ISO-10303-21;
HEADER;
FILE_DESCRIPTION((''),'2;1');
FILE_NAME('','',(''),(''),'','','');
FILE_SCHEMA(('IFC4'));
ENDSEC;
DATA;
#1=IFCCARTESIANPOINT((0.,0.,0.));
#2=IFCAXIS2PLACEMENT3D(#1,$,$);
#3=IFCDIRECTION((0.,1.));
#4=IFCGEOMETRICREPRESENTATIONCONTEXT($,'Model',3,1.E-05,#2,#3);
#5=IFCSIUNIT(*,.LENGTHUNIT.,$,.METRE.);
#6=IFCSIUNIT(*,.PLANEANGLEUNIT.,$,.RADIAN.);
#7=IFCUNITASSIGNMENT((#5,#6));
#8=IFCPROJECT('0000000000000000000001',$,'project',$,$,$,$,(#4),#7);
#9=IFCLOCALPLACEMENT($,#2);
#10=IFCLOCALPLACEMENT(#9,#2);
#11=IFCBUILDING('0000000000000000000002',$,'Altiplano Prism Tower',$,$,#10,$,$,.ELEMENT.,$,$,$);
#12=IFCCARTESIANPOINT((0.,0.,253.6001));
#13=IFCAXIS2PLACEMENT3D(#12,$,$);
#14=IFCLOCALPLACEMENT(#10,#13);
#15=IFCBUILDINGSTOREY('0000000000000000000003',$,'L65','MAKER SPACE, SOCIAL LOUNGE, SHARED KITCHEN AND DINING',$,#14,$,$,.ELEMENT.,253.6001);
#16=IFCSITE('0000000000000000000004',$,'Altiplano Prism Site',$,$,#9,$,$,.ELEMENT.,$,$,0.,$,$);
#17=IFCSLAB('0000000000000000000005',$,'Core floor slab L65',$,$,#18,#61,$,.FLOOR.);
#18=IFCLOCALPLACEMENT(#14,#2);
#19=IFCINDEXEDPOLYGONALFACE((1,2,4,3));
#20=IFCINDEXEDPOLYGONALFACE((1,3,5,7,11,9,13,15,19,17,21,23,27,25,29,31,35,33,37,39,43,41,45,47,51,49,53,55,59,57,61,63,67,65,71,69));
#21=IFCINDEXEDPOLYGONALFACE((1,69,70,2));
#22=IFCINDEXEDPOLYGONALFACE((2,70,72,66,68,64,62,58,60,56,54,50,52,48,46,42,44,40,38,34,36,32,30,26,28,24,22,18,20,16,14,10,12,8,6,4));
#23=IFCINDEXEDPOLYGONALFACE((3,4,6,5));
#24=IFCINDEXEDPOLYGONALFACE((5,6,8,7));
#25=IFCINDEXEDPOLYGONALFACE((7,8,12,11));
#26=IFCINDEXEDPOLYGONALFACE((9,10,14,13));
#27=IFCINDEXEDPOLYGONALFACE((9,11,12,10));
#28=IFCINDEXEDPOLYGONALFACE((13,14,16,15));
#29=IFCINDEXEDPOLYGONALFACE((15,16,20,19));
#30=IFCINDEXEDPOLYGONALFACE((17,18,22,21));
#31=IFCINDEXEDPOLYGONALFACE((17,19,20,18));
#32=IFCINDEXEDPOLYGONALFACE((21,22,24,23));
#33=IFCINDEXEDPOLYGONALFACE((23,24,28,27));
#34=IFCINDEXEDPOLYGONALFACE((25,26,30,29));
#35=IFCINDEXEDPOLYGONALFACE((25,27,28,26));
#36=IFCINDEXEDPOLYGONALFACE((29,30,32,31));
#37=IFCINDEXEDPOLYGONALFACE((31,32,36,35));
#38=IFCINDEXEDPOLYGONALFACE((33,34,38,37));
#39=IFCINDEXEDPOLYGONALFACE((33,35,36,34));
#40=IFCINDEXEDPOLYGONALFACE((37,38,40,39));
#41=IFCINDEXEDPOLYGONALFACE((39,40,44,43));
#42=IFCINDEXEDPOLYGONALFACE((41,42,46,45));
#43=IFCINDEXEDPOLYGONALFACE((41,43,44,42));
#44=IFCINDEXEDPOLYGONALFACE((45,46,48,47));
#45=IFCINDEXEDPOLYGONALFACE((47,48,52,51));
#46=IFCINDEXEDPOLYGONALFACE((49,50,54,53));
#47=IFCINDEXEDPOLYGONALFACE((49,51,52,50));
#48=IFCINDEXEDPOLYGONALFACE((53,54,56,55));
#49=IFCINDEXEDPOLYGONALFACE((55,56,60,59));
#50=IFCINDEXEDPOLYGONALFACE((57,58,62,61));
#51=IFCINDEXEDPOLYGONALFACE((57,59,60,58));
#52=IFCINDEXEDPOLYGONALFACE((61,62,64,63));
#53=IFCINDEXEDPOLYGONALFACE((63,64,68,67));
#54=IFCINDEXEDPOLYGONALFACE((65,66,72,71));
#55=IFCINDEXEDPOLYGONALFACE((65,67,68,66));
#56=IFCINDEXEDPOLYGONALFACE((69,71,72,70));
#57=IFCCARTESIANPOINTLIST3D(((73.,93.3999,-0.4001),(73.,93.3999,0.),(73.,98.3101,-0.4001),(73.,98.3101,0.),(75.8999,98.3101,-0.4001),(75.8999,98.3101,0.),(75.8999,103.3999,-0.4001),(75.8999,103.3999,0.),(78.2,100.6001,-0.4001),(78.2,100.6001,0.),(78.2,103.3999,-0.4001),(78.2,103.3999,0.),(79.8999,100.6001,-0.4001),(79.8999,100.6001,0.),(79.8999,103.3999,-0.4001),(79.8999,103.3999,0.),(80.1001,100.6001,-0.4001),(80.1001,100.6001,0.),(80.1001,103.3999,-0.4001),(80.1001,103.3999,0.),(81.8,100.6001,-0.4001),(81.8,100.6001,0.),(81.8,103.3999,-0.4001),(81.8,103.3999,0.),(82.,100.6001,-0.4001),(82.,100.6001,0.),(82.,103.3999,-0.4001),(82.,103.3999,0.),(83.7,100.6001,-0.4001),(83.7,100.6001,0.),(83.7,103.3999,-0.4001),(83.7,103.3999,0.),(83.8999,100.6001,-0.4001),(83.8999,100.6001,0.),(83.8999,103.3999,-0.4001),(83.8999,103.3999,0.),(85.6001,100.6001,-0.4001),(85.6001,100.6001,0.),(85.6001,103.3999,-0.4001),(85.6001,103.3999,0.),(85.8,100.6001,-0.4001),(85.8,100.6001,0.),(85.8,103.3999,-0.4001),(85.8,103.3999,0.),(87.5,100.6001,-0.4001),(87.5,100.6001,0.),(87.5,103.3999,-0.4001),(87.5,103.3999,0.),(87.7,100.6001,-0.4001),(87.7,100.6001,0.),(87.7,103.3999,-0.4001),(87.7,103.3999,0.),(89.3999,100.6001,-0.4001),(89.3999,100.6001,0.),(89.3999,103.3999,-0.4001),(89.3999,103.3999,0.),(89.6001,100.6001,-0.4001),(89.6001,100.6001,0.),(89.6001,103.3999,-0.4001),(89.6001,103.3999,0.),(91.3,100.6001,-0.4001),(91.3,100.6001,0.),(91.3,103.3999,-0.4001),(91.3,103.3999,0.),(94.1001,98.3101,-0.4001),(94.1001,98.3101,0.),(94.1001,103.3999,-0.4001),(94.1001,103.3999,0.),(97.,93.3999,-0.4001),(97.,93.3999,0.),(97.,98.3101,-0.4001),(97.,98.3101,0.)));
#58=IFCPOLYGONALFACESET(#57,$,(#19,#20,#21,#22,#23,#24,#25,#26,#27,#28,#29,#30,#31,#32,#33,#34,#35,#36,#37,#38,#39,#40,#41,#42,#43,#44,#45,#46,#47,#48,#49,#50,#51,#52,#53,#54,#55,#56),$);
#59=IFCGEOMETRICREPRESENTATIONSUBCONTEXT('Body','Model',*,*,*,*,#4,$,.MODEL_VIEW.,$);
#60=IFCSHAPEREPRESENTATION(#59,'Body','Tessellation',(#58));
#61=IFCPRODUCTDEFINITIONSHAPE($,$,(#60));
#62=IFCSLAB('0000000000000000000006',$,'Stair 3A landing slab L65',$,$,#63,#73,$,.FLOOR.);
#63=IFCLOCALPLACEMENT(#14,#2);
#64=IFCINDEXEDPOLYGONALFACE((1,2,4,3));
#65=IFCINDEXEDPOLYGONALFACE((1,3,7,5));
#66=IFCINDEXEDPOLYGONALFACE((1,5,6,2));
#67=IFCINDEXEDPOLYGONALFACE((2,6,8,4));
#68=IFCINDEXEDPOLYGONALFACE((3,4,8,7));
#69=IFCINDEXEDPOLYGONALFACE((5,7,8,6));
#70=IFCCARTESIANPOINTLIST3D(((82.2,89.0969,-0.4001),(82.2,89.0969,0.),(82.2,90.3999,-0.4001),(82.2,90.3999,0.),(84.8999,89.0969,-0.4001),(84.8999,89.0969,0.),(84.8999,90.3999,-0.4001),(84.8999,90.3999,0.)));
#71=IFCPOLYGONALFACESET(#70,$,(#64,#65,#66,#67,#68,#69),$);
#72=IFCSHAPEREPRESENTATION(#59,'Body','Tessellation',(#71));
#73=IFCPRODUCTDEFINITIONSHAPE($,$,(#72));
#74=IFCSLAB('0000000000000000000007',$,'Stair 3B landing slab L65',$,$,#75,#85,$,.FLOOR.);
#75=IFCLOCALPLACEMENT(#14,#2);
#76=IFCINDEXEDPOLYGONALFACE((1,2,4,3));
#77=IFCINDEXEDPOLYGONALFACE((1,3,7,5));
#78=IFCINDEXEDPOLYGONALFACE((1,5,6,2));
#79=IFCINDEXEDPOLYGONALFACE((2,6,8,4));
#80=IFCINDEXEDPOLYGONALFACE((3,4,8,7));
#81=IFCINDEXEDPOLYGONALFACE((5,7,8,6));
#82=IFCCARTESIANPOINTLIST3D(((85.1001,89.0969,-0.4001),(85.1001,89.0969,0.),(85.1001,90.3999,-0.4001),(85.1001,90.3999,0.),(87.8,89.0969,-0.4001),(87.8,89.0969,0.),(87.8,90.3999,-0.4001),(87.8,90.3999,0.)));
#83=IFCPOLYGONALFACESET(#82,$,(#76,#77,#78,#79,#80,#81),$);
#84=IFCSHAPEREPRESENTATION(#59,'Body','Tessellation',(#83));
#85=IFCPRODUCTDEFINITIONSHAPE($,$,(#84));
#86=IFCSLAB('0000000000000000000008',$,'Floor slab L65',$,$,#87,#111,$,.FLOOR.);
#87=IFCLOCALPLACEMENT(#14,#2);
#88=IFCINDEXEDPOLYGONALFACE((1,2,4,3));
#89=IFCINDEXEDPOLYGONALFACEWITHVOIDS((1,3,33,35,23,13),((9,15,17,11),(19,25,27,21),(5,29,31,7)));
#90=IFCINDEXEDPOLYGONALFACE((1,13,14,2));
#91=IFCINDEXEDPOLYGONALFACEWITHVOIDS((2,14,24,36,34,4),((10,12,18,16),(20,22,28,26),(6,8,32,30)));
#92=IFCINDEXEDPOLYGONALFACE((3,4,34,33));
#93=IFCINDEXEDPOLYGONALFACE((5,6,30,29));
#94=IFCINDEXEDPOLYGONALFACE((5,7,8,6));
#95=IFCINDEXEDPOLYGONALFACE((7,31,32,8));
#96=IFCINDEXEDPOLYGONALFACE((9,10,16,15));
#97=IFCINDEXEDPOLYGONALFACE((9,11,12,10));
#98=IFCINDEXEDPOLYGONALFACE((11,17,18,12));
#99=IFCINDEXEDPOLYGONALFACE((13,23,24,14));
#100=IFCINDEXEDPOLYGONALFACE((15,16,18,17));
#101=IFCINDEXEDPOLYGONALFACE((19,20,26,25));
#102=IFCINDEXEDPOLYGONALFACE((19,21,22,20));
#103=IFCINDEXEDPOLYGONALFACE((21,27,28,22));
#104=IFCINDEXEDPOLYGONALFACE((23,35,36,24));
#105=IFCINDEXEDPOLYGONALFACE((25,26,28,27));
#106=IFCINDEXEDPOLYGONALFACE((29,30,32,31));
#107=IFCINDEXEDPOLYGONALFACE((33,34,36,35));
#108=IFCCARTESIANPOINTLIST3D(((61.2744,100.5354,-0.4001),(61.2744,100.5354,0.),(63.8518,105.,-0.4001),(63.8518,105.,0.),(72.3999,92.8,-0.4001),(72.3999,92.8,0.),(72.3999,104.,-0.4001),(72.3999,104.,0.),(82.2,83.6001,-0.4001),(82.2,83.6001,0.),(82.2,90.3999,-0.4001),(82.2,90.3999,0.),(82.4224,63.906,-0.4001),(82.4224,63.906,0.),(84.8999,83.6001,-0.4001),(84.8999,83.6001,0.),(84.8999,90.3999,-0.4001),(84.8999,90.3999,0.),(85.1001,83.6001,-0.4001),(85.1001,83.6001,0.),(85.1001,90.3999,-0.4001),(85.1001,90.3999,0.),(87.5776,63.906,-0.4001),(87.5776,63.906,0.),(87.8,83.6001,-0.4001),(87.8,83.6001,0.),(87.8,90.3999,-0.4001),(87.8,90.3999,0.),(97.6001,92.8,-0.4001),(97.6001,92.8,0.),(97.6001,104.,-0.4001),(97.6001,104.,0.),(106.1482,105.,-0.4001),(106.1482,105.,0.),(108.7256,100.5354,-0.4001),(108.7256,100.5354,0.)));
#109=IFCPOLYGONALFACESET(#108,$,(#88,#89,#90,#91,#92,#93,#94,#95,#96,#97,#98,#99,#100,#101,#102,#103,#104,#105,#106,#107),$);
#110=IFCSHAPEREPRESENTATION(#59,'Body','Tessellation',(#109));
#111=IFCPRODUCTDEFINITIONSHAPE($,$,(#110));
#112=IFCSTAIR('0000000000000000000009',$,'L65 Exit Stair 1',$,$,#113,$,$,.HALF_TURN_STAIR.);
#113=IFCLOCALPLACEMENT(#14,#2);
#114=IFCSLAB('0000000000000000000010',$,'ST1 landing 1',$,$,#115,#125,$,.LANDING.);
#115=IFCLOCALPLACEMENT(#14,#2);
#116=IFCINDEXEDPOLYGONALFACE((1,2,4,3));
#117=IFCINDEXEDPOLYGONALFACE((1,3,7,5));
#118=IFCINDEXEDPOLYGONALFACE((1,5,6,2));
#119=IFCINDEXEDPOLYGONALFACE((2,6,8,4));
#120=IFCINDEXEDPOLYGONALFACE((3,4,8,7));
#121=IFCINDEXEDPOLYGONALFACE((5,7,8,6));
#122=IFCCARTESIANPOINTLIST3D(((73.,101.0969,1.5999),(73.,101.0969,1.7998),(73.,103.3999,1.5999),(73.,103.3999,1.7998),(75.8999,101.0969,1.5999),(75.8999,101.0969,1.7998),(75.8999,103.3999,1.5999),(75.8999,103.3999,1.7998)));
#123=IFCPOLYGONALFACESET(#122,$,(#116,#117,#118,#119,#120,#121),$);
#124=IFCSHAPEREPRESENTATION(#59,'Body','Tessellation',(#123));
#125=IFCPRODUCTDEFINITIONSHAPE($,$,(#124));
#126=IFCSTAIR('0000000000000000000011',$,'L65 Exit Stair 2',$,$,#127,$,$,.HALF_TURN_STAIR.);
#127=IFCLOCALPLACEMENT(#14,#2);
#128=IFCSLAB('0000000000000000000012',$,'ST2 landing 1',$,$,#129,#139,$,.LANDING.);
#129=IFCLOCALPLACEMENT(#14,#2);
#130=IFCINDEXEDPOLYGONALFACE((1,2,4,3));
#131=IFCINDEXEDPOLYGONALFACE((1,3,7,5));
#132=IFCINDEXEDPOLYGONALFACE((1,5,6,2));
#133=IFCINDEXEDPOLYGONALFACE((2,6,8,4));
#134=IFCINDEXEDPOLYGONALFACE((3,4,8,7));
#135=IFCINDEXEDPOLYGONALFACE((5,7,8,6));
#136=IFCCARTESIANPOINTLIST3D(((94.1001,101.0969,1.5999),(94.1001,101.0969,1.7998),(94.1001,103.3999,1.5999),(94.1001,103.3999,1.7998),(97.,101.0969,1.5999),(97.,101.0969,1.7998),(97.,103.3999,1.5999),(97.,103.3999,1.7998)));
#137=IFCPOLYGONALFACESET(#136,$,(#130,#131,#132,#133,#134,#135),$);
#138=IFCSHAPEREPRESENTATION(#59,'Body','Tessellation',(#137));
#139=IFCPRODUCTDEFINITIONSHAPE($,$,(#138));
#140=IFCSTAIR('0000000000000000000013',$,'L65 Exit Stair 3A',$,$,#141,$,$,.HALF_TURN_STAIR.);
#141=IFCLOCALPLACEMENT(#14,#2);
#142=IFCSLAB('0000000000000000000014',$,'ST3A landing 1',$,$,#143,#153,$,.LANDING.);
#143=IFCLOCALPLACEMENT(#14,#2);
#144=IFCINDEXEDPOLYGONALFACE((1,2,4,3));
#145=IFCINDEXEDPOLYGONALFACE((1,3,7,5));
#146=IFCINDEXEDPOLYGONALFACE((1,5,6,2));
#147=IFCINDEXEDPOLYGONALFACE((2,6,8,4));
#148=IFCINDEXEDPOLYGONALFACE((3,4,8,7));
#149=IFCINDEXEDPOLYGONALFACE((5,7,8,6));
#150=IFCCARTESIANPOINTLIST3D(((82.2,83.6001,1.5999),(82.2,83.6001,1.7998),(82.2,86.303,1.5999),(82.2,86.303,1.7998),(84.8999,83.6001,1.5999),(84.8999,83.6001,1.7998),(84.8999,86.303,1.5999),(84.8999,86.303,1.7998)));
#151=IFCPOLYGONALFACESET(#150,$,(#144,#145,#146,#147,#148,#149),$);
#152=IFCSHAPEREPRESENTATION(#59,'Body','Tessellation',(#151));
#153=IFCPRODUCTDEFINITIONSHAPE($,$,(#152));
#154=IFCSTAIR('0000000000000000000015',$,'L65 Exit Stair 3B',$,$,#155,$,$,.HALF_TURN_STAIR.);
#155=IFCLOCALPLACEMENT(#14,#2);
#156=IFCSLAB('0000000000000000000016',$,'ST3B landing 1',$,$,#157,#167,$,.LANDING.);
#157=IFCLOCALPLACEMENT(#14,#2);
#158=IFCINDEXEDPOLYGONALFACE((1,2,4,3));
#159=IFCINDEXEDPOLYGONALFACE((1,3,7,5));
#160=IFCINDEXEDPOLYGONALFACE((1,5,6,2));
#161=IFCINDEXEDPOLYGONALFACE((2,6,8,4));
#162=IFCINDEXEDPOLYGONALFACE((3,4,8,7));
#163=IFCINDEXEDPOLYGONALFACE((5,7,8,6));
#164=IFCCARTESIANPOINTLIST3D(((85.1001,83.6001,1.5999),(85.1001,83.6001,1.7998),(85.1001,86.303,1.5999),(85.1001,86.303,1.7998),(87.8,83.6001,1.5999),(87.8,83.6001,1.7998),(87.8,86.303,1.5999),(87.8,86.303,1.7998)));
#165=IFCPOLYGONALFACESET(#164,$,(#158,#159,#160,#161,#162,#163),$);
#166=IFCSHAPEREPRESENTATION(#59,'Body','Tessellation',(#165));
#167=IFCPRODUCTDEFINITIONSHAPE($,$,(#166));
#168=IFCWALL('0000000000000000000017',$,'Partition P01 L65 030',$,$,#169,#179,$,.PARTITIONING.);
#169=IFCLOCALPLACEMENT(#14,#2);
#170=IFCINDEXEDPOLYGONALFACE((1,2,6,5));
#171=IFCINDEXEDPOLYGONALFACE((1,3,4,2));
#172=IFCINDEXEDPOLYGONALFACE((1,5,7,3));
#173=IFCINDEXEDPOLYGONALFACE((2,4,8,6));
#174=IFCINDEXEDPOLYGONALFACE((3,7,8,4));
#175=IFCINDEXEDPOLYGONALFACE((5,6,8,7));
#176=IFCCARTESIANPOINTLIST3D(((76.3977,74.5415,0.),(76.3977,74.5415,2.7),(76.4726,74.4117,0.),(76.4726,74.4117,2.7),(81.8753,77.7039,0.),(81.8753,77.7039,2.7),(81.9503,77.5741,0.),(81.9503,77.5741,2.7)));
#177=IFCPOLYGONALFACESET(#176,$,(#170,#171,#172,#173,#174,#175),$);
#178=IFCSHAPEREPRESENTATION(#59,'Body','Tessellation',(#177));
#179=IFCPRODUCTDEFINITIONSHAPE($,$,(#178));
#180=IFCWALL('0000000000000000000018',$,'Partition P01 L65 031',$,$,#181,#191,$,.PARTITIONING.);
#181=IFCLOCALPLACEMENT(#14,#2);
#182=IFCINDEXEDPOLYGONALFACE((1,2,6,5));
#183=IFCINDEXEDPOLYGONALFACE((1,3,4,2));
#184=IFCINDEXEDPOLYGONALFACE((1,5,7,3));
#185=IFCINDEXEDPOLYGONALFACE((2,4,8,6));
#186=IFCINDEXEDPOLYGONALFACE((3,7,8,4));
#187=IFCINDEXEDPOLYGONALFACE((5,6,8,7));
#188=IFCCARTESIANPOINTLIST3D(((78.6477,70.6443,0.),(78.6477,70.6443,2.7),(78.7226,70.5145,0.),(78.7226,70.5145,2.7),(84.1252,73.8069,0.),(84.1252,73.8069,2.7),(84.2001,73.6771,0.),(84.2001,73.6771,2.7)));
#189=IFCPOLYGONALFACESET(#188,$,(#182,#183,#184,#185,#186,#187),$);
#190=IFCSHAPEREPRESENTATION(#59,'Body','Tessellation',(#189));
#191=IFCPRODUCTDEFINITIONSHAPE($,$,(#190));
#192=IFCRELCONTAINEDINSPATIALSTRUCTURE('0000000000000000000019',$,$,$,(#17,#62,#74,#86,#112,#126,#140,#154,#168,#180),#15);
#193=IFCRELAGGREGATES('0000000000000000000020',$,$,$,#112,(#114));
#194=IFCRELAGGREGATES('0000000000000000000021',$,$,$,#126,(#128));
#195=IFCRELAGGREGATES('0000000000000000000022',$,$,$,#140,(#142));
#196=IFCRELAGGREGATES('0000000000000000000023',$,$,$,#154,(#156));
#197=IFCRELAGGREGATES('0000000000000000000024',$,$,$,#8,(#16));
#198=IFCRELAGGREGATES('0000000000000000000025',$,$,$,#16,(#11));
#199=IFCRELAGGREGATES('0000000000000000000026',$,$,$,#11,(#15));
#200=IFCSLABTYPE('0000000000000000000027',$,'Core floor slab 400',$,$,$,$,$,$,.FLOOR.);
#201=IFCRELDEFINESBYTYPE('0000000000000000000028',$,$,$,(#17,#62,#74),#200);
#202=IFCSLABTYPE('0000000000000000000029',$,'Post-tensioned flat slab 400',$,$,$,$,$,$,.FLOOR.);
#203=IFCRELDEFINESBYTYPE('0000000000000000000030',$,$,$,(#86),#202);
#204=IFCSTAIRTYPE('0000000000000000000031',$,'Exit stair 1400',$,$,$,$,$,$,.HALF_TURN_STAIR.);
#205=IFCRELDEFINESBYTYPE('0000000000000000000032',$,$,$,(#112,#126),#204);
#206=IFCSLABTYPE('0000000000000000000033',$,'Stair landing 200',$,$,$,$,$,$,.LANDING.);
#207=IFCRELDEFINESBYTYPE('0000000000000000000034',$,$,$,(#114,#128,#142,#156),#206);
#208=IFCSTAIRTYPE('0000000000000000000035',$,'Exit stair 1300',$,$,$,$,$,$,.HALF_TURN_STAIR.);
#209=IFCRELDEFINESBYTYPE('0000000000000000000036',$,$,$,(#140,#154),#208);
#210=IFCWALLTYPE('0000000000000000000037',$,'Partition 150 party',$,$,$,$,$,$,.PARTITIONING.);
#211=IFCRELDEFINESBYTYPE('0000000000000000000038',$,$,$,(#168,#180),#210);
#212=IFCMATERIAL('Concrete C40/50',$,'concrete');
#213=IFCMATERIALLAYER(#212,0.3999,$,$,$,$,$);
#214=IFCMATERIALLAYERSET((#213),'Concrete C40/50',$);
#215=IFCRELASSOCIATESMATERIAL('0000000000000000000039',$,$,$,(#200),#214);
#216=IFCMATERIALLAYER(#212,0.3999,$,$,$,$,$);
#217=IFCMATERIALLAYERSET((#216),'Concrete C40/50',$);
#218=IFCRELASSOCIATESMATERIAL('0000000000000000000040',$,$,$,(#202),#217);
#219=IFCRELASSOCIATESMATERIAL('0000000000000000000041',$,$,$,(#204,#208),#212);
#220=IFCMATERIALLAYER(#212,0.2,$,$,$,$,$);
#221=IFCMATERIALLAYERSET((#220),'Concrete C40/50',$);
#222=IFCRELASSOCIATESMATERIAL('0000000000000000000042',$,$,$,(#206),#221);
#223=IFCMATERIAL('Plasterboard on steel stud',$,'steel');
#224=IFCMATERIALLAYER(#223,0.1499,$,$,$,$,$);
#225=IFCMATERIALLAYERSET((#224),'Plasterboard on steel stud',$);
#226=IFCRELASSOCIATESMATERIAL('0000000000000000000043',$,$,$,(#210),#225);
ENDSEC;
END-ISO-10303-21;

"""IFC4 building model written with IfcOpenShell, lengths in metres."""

from ifc_helpers import new_model, si_unit, direction, frame, frame_2d, origin, place, context, subcontext, project, spatial, polyline, rectangle, outline, extrude, material, layer, layer_set, type_object, element, aggregate, save


model = new_model("IFC4")

# Units and contexts
model_context = context("Model", 3, precision=1e-05, world=origin(), true_north=direction((0.0, 1.0)))
body_context = subcontext(model_context, "Body", "Model", "MODEL_VIEW")
ifc_project = project(units=[si_unit("LENGTHUNIT", "METRE"), si_unit("PLANEANGLEUNIT", "RADIAN")], contexts=[model_context])

# Site, building, storey
site_placement = place(None, origin())
site = spatial("IfcSite", under=ifc_project, at=site_placement, Name="Altiplano Prism Site", CompositionType="ELEMENT", RefElevation=0.0)
building_placement = place(site_placement, origin())
building = spatial("IfcBuilding", under=site, at=building_placement, Name="Altiplano Prism Tower", CompositionType="ELEMENT")
storey_placement = place(building_placement, frame((0.0, 0.0, 253.6001)))
storey = spatial("IfcBuildingStorey", under=building, at=storey_placement, Name="L65", Description="MAKER SPACE, SOCIAL LOUNGE, SHARED KITCHEN AND DINING", CompositionType="ELEMENT", Elevation=253.6001)

# Slabs
ifc_material_1 = material(Name="Concrete C40/50", Category="concrete")
ifc_layer_1 = layer(ifc_material_1, 0.3999)
ifc_layer_set_1 = layer_set([ifc_layer_1], Name="Concrete C40/50")
slab_type_1 = type_object("IfcSlabType", Name="Core floor slab 400", PredefinedType="FLOOR", material=ifc_layer_set_1)
slab_1_placement = place(storey_placement, frame((0.0, 0.0, -0.4001)))
element("IfcSlab", 1, at=slab_1_placement, inside=storey, type_object=slab_type_1, Name="Core floor slab L65", PredefinedType="FLOOR", context=body_context, shape_type="SweptSolid", body=[
    extrude(outline(polyline([(97.0, 98.3101), (94.1001, 98.3101), (94.1001, 103.3999), (91.3, 103.3999), (91.3, 100.6001), (89.6001, 100.6001), (89.6001, 103.3999), (89.3999, 103.3999), (89.3999, 100.6001), (87.7, 100.6001), (87.7, 103.3999), (87.5, 103.3999), (87.5, 100.6001), (85.8, 100.6001), (85.8, 103.3999), (85.6001, 103.3999), (85.6001, 100.6001), (83.8999, 100.6001), (83.8999, 103.3999), (83.7, 103.3999), (83.7, 100.6001), (82.0, 100.6001), (82.0, 103.3999), (81.8, 103.3999), (81.8, 100.6001), (80.1001, 100.6001), (80.1001, 103.3999), (79.8999, 103.3999), (79.8999, 100.6001), (78.2, 100.6001), (78.2, 103.3999), (75.8999, 103.3999), (75.8999, 98.3101), (73.0, 98.3101), (73.0, 93.3999), (97.0, 93.3999), (97.0, 98.3101)])), origin(), (0.0, 0.0, 1.0), 0.4001),
])
slab_2_placement = place(storey_placement, frame((0.0, 0.0, -0.4001)))
element("IfcSlab", 2, at=slab_2_placement, inside=storey, type_object=slab_type_1, Name="Stair 3A landing slab L65", PredefinedType="FLOOR", context=body_context, shape_type="SweptSolid", body=[
    extrude(outline(polyline([(82.2, 89.0969), (84.8999, 89.0969), (84.8999, 90.3999), (82.2, 90.3999), (82.2, 89.0969)])), origin(), (0.0, 0.0, 1.0), 0.4001),
])
slab_3_placement = place(storey_placement, frame((0.0, 0.0, -0.4001)))
element("IfcSlab", 3, at=slab_3_placement, inside=storey, type_object=slab_type_1, Name="Stair 3B landing slab L65", PredefinedType="FLOOR", context=body_context, shape_type="SweptSolid", body=[
    extrude(outline(polyline([(85.1001, 89.0969), (87.8, 89.0969), (87.8, 90.3999), (85.1001, 90.3999), (85.1001, 89.0969)])), origin(), (0.0, 0.0, 1.0), 0.4001),
])
ifc_layer_2 = layer(ifc_material_1, 0.3999)
ifc_layer_set_2 = layer_set([ifc_layer_2], Name="Concrete C40/50")
slab_type_2 = type_object("IfcSlabType", Name="Post-tensioned flat slab 400", PredefinedType="FLOOR", material=ifc_layer_set_2)
slab_4_placement = place(storey_placement, frame((0.0, 0.0, -0.4001)))
element("IfcSlab", 4, at=slab_4_placement, inside=storey, type_object=slab_type_2, Name="Floor slab L65", PredefinedType="FLOOR", context=body_context, shape_type="SweptSolid", body=[
    extrude(outline(polyline([(82.4224, 63.906), (61.2744, 100.5354), (63.8518, 105.0), (106.1482, 105.0), (108.7256, 100.5354), (87.5776, 63.906), (82.4224, 63.906)]), holes=[polyline([(72.3999, 104.0), (72.3999, 92.8), (97.6001, 92.8), (97.6001, 104.0), (72.3999, 104.0)]), polyline([(84.8999, 90.3999), (82.2, 90.3999), (82.2, 83.6001), (84.8999, 83.6001), (84.8999, 90.3999)]), polyline([(87.8, 83.6001), (87.8, 90.3999), (85.1001, 90.3999), (85.1001, 83.6001), (87.8, 83.6001)])]), origin(), (0.0, 0.0, 1.0), 0.4001),
])

# Stairs, slabs
stair_type_1 = type_object("IfcStairType", Name="Exit stair 1400", PredefinedType="HALF_TURN_STAIR", material=ifc_material_1)
stair_1_placement = place(storey_placement, origin())
stair_1 = element("IfcStair", 5, at=stair_1_placement, inside=storey, type_object=stair_type_1, Name="L65 Exit Stair 1", PredefinedType="HALF_TURN_STAIR")
ifc_layer_3 = layer(ifc_material_1, 0.2)
ifc_layer_set_3 = layer_set([ifc_layer_3], Name="Concrete C40/50")
slab_type_3 = type_object("IfcSlabType", Name="Stair landing 200", PredefinedType="LANDING", material=ifc_layer_set_3)
slab_5_placement = place(storey_placement, frame((0.0, 0.0, 1.5999)))
slab_5 = element("IfcSlab", 6, at=slab_5_placement, type_object=slab_type_3, Name="ST1 landing 1", PredefinedType="LANDING", context=body_context, shape_type="SweptSolid", body=[
    extrude(outline(polyline([(75.8999, 101.0969), (75.8999, 103.3999), (73.0, 103.3999), (73.0, 101.0969), (75.8999, 101.0969)])), origin(), (0.0, 0.0, 1.0), 0.2),
])
aggregate(stair_1, [slab_5])
stair_2_placement = place(storey_placement, origin())
stair_2 = element("IfcStair", 7, at=stair_2_placement, inside=storey, type_object=stair_type_1, Name="L65 Exit Stair 2", PredefinedType="HALF_TURN_STAIR")
slab_6_placement = place(storey_placement, frame((0.0, 0.0, 1.5999)))
slab_6 = element("IfcSlab", 8, at=slab_6_placement, type_object=slab_type_3, Name="ST2 landing 1", PredefinedType="LANDING", context=body_context, shape_type="SweptSolid", body=[
    extrude(outline(polyline([(97.0, 101.0969), (97.0, 103.3999), (94.1001, 103.3999), (94.1001, 101.0969), (97.0, 101.0969)])), origin(), (0.0, 0.0, 1.0), 0.2),
])
aggregate(stair_2, [slab_6])
stair_type_2 = type_object("IfcStairType", Name="Exit stair 1300", PredefinedType="HALF_TURN_STAIR", material=ifc_material_1)
stair_3_placement = place(storey_placement, origin())
stair_3 = element("IfcStair", 9, at=stair_3_placement, inside=storey, type_object=stair_type_2, Name="L65 Exit Stair 3A", PredefinedType="HALF_TURN_STAIR")
slab_7_placement = place(storey_placement, frame((0.0, 0.0, 1.5999)))
slab_7 = element("IfcSlab", 10, at=slab_7_placement, type_object=slab_type_3, Name="ST3A landing 1", PredefinedType="LANDING", context=body_context, shape_type="SweptSolid", body=[
    extrude(outline(polyline([(82.2, 86.303), (82.2, 83.6001), (84.8999, 83.6001), (84.8999, 86.303), (82.2, 86.303)])), origin(), (0.0, 0.0, 1.0), 0.2),
])
aggregate(stair_3, [slab_7])
stair_4_placement = place(storey_placement, origin())
stair_4 = element("IfcStair", 11, at=stair_4_placement, inside=storey, type_object=stair_type_2, Name="L65 Exit Stair 3B", PredefinedType="HALF_TURN_STAIR")
slab_8_placement = place(storey_placement, frame((0.0, 0.0, 1.5999)))
slab_8 = element("IfcSlab", 12, at=slab_8_placement, type_object=slab_type_3, Name="ST3B landing 1", PredefinedType="LANDING", context=body_context, shape_type="SweptSolid", body=[
    extrude(outline(polyline([(85.1001, 86.303), (85.1001, 83.6001), (87.8, 83.6001), (87.8, 86.303), (85.1001, 86.303)])), origin(), (0.0, 0.0, 1.0), 0.2),
])
aggregate(stair_4, [slab_8])

# Walls
ifc_material_2 = material(Name="Plasterboard on steel stud", Category="steel")
ifc_layer_4 = layer(ifc_material_2, 0.1499)
ifc_layer_set_4 = layer_set([ifc_layer_4], Name="Plasterboard on steel stud")
wall_type = type_object("IfcWallType", Name="Partition 150 party", PredefinedType="PARTITIONING", material=ifc_layer_set_4)
for number, where, z_axis, x_axis, name in (
    (13, (76.4351, 74.4766, 0.0), (0.0, 0.0, 1.0), (0.866033, 0.499988, 0.0), "Partition P01 L65 030"),
    (14, (78.6851, 70.5793, 0.0), (0.0, 0.0, 1.0), (0.866016, 0.500016, 0.0), "Partition P01 L65 031"),
):
    element("IfcWall", number, at=place(storey_placement, frame(where, z_axis=z_axis, x_axis=x_axis)), inside=storey, type_object=wall_type, Name=name, PredefinedType="PARTITIONING", context=body_context, shape_type="SweptSolid", body=[
        extrude(rectangle(XDim=6.325, YDim=0.1499, at=frame_2d((3.1626, 0.0))), origin(), (0.0, 0.0, 1.0), 2.7),
    ])

save(model, "model.ifc")
